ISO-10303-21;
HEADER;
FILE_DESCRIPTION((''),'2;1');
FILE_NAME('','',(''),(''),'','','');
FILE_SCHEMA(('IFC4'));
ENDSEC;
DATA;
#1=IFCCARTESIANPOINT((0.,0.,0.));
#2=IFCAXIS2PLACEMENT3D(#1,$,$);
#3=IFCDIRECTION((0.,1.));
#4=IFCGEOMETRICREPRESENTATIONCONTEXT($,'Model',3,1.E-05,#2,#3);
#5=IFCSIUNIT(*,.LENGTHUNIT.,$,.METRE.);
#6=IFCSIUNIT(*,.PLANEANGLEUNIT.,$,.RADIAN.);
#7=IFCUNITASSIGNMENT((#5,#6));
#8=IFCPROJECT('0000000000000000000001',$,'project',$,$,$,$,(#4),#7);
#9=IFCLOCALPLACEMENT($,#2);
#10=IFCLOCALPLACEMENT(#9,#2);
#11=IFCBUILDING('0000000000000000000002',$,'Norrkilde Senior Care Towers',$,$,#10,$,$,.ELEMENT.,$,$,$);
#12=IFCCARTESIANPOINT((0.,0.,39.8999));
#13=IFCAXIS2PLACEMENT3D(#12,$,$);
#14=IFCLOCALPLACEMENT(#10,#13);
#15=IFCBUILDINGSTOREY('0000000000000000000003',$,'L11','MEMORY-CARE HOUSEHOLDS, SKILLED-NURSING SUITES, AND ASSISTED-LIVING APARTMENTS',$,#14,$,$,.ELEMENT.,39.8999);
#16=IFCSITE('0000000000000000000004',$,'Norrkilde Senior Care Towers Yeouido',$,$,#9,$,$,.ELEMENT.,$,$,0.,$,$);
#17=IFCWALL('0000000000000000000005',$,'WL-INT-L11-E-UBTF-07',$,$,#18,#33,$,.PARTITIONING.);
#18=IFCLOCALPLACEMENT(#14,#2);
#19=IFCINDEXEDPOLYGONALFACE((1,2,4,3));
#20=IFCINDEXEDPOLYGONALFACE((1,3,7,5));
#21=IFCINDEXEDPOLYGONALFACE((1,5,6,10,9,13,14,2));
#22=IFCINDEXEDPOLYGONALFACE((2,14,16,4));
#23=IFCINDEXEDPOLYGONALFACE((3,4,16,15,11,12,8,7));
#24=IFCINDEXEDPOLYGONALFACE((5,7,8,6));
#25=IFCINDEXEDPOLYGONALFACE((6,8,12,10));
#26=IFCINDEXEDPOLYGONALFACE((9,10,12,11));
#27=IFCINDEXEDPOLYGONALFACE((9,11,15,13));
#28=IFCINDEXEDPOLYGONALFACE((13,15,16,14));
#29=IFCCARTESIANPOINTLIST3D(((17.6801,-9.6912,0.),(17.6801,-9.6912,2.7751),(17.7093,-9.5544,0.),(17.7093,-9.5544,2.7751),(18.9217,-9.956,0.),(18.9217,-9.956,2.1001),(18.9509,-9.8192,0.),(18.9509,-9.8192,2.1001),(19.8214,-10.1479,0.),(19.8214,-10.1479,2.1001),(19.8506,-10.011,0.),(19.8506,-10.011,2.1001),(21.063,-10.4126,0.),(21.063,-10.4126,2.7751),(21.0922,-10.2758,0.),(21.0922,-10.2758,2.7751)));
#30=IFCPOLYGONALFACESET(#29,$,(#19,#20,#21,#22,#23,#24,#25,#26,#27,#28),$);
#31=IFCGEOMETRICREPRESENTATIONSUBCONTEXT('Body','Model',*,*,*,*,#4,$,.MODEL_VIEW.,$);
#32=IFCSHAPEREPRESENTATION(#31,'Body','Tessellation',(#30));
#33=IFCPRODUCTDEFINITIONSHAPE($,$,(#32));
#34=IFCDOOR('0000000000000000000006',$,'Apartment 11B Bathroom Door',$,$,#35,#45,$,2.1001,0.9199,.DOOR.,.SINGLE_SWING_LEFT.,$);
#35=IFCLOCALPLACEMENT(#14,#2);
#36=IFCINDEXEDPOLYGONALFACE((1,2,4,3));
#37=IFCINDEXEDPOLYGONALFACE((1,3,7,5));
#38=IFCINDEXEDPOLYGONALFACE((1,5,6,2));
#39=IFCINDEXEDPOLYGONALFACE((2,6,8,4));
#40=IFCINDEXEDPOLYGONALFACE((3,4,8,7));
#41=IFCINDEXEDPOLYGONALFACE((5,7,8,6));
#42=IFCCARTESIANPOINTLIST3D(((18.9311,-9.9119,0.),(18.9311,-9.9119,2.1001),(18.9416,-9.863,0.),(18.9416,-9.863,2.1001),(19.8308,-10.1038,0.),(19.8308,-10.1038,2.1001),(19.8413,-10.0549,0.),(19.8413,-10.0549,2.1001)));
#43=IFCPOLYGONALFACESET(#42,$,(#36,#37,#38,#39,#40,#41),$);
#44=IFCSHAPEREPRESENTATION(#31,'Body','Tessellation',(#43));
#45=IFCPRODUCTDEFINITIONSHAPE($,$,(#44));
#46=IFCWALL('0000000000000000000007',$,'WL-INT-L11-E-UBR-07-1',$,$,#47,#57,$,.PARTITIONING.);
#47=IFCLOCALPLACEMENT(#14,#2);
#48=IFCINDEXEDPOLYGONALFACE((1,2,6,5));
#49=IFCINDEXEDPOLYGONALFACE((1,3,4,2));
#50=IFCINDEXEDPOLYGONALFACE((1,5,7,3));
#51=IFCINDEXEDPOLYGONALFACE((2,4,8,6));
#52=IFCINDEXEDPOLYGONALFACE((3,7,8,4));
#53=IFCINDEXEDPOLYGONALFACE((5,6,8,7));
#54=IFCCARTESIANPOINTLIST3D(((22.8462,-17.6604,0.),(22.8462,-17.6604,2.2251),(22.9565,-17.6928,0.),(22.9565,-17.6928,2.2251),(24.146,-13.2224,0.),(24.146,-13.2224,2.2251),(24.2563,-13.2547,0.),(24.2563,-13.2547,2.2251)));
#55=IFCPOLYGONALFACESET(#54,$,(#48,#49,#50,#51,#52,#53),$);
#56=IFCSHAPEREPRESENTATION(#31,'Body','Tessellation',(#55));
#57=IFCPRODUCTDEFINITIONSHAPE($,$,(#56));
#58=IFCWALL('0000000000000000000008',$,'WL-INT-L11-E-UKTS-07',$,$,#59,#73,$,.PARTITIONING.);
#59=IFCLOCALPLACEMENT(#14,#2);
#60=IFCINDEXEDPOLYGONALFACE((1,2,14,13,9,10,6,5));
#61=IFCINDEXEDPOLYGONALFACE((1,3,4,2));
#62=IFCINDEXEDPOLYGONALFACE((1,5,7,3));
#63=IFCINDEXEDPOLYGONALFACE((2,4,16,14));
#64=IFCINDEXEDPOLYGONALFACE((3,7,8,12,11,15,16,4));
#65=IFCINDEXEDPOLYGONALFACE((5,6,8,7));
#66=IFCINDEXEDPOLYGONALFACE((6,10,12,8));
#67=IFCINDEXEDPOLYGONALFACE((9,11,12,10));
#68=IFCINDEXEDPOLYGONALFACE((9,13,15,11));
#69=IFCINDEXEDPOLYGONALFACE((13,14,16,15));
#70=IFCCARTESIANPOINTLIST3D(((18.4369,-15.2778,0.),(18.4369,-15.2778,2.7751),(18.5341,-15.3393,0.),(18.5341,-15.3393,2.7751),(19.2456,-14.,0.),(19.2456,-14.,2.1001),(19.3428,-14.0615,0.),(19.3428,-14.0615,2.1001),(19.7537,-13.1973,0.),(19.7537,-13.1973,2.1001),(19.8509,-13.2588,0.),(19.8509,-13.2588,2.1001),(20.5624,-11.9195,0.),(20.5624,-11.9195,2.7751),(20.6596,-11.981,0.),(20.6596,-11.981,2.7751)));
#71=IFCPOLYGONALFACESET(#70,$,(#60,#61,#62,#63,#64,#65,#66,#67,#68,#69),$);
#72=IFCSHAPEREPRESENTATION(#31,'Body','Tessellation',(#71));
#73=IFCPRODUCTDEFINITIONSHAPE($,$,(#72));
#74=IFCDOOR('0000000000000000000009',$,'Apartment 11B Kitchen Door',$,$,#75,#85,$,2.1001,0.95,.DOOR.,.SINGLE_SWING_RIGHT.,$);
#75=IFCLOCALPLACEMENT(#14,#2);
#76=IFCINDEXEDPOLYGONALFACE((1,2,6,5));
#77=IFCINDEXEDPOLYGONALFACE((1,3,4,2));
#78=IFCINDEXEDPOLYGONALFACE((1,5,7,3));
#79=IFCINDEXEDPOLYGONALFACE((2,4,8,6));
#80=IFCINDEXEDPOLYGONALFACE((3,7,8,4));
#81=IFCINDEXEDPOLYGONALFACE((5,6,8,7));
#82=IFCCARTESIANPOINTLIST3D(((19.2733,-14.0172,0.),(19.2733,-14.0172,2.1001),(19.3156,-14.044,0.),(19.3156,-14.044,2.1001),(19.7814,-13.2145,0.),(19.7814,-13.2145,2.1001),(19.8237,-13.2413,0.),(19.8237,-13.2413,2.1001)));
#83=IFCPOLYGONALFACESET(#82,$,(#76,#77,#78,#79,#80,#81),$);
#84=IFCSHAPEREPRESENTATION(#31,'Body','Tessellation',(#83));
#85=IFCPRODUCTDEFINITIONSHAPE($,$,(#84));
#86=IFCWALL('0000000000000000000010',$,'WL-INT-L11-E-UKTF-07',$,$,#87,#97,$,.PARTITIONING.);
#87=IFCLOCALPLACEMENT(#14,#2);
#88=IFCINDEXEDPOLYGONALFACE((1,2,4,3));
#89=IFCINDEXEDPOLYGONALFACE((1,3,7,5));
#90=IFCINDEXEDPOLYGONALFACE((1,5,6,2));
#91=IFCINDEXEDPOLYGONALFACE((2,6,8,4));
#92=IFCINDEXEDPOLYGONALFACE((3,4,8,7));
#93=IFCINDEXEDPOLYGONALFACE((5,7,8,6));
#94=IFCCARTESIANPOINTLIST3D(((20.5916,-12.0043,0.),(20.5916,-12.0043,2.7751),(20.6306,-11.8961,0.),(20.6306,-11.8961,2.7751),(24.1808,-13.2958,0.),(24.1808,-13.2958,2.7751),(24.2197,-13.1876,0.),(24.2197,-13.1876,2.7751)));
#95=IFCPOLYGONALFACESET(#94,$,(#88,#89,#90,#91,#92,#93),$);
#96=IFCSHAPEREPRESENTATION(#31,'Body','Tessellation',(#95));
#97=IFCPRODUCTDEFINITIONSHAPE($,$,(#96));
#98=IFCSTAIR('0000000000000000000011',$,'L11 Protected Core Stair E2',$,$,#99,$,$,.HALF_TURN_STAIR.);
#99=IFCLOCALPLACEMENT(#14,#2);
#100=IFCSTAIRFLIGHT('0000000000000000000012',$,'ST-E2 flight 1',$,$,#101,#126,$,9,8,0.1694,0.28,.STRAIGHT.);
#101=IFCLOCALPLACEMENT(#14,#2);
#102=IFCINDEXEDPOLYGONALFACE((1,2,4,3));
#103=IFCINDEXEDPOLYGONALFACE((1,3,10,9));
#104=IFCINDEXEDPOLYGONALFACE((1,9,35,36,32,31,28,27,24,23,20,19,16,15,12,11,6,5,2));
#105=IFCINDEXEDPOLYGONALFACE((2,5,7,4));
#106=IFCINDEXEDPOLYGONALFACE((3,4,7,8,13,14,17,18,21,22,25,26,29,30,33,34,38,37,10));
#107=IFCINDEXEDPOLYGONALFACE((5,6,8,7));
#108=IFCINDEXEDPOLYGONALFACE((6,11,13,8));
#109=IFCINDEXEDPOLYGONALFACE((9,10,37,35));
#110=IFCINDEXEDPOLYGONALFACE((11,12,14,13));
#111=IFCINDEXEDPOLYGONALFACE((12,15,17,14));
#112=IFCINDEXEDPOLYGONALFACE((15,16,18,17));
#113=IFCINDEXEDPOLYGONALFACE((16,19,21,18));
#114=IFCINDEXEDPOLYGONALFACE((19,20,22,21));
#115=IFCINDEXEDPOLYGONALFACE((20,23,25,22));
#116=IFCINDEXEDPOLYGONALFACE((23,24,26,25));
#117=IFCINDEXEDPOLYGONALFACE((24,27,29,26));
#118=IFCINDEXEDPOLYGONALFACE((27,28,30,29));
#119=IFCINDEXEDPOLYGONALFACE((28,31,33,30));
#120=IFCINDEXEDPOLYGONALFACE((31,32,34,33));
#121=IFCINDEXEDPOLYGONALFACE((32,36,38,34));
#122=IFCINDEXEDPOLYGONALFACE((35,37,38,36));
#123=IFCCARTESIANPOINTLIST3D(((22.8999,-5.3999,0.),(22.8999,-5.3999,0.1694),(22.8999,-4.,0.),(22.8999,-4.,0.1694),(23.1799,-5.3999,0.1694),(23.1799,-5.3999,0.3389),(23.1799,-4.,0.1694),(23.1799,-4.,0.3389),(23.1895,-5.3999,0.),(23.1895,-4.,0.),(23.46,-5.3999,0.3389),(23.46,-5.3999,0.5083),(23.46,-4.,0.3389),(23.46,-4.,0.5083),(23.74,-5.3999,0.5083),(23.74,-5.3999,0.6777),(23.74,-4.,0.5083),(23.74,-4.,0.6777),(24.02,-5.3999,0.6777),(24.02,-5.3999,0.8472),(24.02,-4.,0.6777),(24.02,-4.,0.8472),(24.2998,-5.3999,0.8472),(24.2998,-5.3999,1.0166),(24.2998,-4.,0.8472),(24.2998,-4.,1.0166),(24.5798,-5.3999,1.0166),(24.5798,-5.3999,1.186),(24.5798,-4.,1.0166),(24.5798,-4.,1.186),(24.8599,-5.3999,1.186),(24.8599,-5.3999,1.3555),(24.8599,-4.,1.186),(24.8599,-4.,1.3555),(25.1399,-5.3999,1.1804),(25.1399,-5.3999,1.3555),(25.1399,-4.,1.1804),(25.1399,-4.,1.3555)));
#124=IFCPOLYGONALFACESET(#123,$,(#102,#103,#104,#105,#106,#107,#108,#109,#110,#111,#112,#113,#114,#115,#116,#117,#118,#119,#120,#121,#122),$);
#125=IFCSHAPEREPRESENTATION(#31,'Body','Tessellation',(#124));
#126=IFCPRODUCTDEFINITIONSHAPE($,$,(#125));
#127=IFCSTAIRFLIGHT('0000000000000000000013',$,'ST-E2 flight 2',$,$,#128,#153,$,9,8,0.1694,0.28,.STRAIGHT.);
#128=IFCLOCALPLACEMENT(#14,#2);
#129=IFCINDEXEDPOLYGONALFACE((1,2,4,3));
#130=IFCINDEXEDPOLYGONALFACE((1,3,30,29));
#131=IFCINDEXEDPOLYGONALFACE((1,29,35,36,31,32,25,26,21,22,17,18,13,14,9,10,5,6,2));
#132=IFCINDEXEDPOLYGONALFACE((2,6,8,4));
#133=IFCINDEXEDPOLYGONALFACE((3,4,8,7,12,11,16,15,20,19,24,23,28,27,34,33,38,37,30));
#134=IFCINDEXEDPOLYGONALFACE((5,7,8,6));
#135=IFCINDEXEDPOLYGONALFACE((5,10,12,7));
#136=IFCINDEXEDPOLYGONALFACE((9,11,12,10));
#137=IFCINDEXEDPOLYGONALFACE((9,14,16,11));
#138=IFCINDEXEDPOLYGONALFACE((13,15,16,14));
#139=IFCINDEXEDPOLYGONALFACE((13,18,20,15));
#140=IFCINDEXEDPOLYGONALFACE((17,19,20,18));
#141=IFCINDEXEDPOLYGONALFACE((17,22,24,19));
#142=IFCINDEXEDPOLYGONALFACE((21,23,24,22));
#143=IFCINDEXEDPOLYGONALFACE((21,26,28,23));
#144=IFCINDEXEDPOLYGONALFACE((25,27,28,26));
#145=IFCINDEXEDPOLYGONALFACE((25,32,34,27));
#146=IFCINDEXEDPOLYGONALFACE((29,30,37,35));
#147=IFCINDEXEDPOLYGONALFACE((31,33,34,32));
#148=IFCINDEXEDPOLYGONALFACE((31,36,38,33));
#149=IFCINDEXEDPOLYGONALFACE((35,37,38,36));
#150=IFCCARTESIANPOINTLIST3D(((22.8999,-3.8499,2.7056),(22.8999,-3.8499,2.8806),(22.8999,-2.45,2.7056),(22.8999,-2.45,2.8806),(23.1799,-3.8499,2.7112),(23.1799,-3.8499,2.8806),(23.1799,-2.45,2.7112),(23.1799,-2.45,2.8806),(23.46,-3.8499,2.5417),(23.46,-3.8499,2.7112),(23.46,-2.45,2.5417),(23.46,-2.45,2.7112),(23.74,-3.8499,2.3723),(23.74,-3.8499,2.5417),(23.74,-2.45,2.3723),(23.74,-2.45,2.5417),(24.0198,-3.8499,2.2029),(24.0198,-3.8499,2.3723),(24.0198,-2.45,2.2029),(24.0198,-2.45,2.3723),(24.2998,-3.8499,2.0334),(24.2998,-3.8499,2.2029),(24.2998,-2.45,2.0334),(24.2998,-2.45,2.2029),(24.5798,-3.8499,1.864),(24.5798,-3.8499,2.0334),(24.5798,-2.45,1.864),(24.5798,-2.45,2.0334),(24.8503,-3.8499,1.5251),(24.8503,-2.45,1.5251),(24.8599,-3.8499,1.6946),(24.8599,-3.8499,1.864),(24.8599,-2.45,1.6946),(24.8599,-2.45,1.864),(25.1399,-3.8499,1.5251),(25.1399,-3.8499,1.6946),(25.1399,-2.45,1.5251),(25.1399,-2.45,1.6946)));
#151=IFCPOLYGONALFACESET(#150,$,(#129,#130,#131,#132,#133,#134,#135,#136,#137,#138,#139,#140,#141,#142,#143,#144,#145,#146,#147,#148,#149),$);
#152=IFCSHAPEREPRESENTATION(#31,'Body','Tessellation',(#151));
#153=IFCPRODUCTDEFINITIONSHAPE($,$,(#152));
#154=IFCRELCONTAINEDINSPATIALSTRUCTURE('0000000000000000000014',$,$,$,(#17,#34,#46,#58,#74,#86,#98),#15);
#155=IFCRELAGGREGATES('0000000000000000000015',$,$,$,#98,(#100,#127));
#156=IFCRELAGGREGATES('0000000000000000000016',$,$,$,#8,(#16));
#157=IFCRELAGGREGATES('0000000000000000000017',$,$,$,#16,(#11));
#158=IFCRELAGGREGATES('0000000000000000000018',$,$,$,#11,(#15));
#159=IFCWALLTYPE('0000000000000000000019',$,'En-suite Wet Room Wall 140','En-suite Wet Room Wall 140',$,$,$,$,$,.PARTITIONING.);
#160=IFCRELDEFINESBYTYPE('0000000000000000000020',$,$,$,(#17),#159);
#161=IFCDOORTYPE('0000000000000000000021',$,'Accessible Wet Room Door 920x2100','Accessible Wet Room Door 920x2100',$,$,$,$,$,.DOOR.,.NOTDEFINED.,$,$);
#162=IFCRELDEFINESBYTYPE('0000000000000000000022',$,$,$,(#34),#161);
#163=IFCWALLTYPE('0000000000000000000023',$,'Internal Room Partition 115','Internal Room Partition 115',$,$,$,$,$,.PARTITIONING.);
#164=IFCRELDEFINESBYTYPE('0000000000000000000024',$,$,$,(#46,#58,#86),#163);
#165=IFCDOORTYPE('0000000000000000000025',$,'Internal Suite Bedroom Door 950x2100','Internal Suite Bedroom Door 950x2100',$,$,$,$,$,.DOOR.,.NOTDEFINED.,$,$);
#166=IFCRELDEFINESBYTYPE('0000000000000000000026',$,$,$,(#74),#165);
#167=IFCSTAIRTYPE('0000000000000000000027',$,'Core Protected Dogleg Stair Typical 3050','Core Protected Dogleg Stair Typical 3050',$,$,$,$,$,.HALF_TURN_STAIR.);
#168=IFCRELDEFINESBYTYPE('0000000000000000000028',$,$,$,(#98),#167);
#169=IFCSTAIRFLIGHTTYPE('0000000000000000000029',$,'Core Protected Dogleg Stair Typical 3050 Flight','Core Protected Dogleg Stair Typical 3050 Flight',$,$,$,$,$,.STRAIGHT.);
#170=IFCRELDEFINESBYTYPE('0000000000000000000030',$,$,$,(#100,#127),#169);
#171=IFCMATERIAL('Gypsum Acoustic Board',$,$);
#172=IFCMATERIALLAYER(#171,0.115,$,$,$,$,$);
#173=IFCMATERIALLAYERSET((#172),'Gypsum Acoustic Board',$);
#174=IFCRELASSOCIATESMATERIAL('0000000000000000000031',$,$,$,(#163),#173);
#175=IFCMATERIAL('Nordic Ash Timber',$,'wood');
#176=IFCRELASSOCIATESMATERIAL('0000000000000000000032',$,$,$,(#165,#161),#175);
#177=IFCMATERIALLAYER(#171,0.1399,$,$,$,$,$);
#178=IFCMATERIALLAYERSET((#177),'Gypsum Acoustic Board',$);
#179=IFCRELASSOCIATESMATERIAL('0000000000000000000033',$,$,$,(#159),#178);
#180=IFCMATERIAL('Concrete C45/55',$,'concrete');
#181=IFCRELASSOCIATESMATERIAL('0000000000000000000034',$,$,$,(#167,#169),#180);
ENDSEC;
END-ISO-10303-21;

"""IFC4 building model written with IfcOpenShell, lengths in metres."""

from ifc_helpers import new_model, si_unit, direction, frame, frame_2d, origin, place, context, subcontext, project, spatial, polyline, rectangle, outline, extrude, source, transform, mapped, material, layer, layer_set, type_object, type_shapes, element, fill, aggregate, save


model = new_model("IFC4")

# Units and contexts
model_context = context("Model", 3, precision=1e-05, world=origin(), true_north=direction((0.0, 1.0)))
body_context = subcontext(model_context, "Body", "Model", "MODEL_VIEW")
ifc_project = project(units=[si_unit("LENGTHUNIT", "METRE"), si_unit("PLANEANGLEUNIT", "RADIAN")], contexts=[model_context])

# Site, building, storey
site_placement = place(None, origin())
site = spatial("IfcSite", under=ifc_project, at=site_placement, Name="Norrkilde Senior Care Towers Yeouido", CompositionType="ELEMENT", RefElevation=0.0)
building_placement = place(site_placement, origin())
building = spatial("IfcBuilding", under=site, at=building_placement, Name="Norrkilde Senior Care Towers", CompositionType="ELEMENT")
storey_placement = place(building_placement, frame((0.0, 0.0, 39.8999)))
storey = spatial("IfcBuildingStorey", under=building, at=storey_placement, Name="L11", Description="MEMORY-CARE HOUSEHOLDS, SKILLED-NURSING SUITES, AND ASSISTED-LIVING APARTMENTS", CompositionType="ELEMENT", Elevation=39.8999)

# Shared definitions
ifc_material_1 = material(Name="Concrete C45/55", Category="concrete")

# Shared definitions
ifc_material_2 = material(Name="Gypsum Acoustic Board")
ifc_layer_1 = layer(ifc_material_2, 0.115)
ifc_layer_set_1 = layer_set([ifc_layer_1], Name="Gypsum Acoustic Board")
wall_type_1 = type_object("IfcWallType", Name="Internal Room Partition 115", Description="Internal Room Partition 115", PredefinedType="PARTITIONING", material=ifc_layer_set_1)
ifc_material_3 = material(Name="Nordic Ash Timber", Category="wood")
door_type_1 = type_object("IfcDoorType", Name="Internal Suite Bedroom Door 950x2100", Description="Internal Suite Bedroom Door 950x2100", OperationType="NOTDEFINED", PredefinedType="DOOR", material=ifc_material_3)
shared_shape_1 = source(origin(), body_context, "Body", "SweptSolid", [
    extrude(rectangle(XDim=0.95, YDim=2.1001, at=frame_2d((0.4751, 1.05))), frame((0.0, 0.0249, 0.0), z_axis=(0.0, -1.0, 0.0), x_axis=(1.0, 0.0, 0.0)), (0.0, 0.0, 1.0), 0.05),
])
type_shapes(door_type_1, [shared_shape_1])

# Shared definitions
ifc_layer_2 = layer(ifc_material_2, 0.1399)
ifc_layer_set_2 = layer_set([ifc_layer_2], Name="Gypsum Acoustic Board")
wall_type_2 = type_object("IfcWallType", Name="En-suite Wet Room Wall 140", Description="En-suite Wet Room Wall 140", PredefinedType="PARTITIONING", material=ifc_layer_set_2)

# Wall, opening, door
shared_shape_2 = source(origin(), body_context, "Body", "SweptSolid", [
    extrude(rectangle(XDim=3.459, YDim=0.1399, at=frame_2d((1.7295, 0.0))), origin(), (0.0, 0.0, 1.0), 2.7751),
])
wall_1_placement = place(storey_placement, frame((21.0776, -10.3442, 0.0), z_axis=(0.0, 0.0, 1.0), x_axis=(-0.978006, 0.208575, 0.0)))
wall_1 = element("IfcWall", 1, at=wall_1_placement, inside=storey, type_object=wall_type_2, Name="WL-INT-L11-E-UBTF-07", PredefinedType="PARTITIONING", context=body_context, shape_type="MappedRepresentation", body=[
    mapped(shared_shape_2, transform((0.0, 0.0, 0.0), x_axis=(1.0, 0.0, 0.0), y_axis=(0.0, 1.0, 0.0), z_axis=(0.0, 0.0, 1.0), scale=1.0)),
])
opening_1_placement = place(wall_1_placement, frame((1.2695, 0.0, 0.0)))
opening_1 = element("IfcOpeningElement", 2, at=opening_1_placement, cuts=wall_1, PredefinedType="OPENING", context=body_context, shape_type="SweptSolid", body=[
    extrude(rectangle(XDim=0.9199, YDim=2.1001, at=frame_2d((0.46, 1.05))), frame((0.0, 0.0798, 0.0), z_axis=(0.0, -1.0, 0.0), x_axis=(1.0, 0.0, 0.0)), (0.0, 0.0, 1.0), 0.1599),
])
door_type_2 = type_object("IfcDoorType", Name="Accessible Wet Room Door 920x2100", Description="Accessible Wet Room Door 920x2100", OperationType="NOTDEFINED", PredefinedType="DOOR", material=ifc_material_3)
shared_shape_3 = source(origin(), body_context, "Body", "SweptSolid", [
    extrude(rectangle(XDim=0.9199, YDim=2.1001, at=frame_2d((0.46, 1.05))), frame((0.0, 0.0249, 0.0), z_axis=(0.0, -1.0, 0.0), x_axis=(1.0, 0.0, 0.0)), (0.0, 0.0, 1.0), 0.05),
])
type_shapes(door_type_2, [shared_shape_3])
door_1_placement = place(opening_1_placement, origin())
door_1 = element("IfcDoor", 3, at=door_1_placement, inside=storey, type_object=door_type_2, Name="Apartment 11B Bathroom Door", OperationType="SINGLE_SWING_LEFT", OverallHeight=2.1001, OverallWidth=0.9199, PredefinedType="DOOR", context=body_context, shape_type="MappedRepresentation", body=[
    mapped(shared_shape_3, transform((0.0, 0.0, 0.0), x_axis=(1.0, 0.0, 0.0), y_axis=(0.0, 1.0, 0.0), z_axis=(0.0, 0.0, 1.0), scale=1.0)),
])
fill(opening_1, door_1)

# Wall
shared_shape_4 = source(origin(), body_context, "Body", "SweptSolid", [
    extrude(rectangle(XDim=4.6245, YDim=0.115, at=frame_2d((2.3123, 0.0))), origin(), (0.0, 0.0, 1.0), 2.2251),
])
wall_2_placement = place(storey_placement, frame((24.2012, -13.2385, 0.0), z_axis=(0.0, 0.0, 1.0), x_axis=(-0.281074, -0.959686, 0.0)))
element("IfcWall", 4, at=wall_2_placement, inside=storey, type_object=wall_type_1, Name="WL-INT-L11-E-UBR-07-1", PredefinedType="PARTITIONING", context=body_context, shape_type="MappedRepresentation", body=[
    mapped(shared_shape_4, transform((0.0, 0.0, 0.0), x_axis=(1.0, 0.0, 0.0), y_axis=(0.0, 1.0, 0.0), z_axis=(0.0, 0.0, 1.0), scale=1.0)),
])

# Wall, opening, door
shared_shape_5 = source(origin(), body_context, "Body", "SweptSolid", [
    extrude(rectangle(XDim=3.9744, YDim=0.115, at=frame_2d((1.9873, 0.0))), origin(), (0.0, 0.0, 1.0), 2.7751),
])
wall_3_placement = place(storey_placement, frame((20.6111, -11.9502, 0.0), z_axis=(0.0, 0.0, 1.0), x_axis=(-0.534811, -0.844972, 0.0)))
wall_3 = element("IfcWall", 5, at=wall_3_placement, inside=storey, type_object=wall_type_1, Name="WL-INT-L11-E-UKTS-07", PredefinedType="PARTITIONING", context=body_context, shape_type="MappedRepresentation", body=[
    mapped(shared_shape_5, transform((0.0, 0.0, 0.0), x_axis=(1.0, 0.0, 0.0), y_axis=(0.0, 1.0, 0.0), z_axis=(0.0, 0.0, 1.0), scale=1.0)),
])
opening_2_placement = place(wall_3_placement, frame((1.5122, 0.0, 0.0)))
opening_2 = element("IfcOpeningElement", 6, at=opening_2_placement, cuts=wall_3, PredefinedType="OPENING", context=body_context, shape_type="SweptSolid", body=[
    extrude(rectangle(XDim=0.95, YDim=2.1001, at=frame_2d((0.4751, 1.05))), frame((0.0, 0.0674, 0.0), z_axis=(0.0, -1.0, 0.0), x_axis=(1.0, 0.0, 0.0)), (0.0, 0.0, 1.0), 0.135),
])
door_2_placement = place(opening_2_placement, frame((0.95, 0.0, 0.0), z_axis=(0.0, 0.0, 1.0), x_axis=(-1.0, 0.0, 0.0)))
door_2 = element("IfcDoor", 7, at=door_2_placement, inside=storey, type_object=door_type_1, Name="Apartment 11B Kitchen Door", OperationType="SINGLE_SWING_RIGHT", OverallHeight=2.1001, OverallWidth=0.95, PredefinedType="DOOR", context=body_context, shape_type="MappedRepresentation", body=[
    mapped(shared_shape_1, transform((0.0, 0.0, 0.0), x_axis=(1.0, 0.0, 0.0), y_axis=(0.0, 1.0, 0.0), z_axis=(0.0, 0.0, 1.0), scale=1.0)),
])
fill(opening_2, door_2)

# Wall
shared_shape_6 = source(origin(), body_context, "Body", "SweptSolid", [
    extrude(rectangle(XDim=3.8145, YDim=0.115, at=frame_2d((1.9072, 0.0))), origin(), (0.0, 0.0, 1.0), 2.7751),
])
wall_4_placement = place(storey_placement, frame((20.6111, -11.9502, 0.0), z_axis=(0.0, 0.0, 1.0), x_axis=(0.940936, -0.338586, 0.0)))
element("IfcWall", 8, at=wall_4_placement, inside=storey, type_object=wall_type_1, Name="WL-INT-L11-E-UKTF-07", PredefinedType="PARTITIONING", context=body_context, shape_type="MappedRepresentation", body=[
    mapped(shared_shape_6, transform((0.0, 0.0, 0.0), x_axis=(1.0, 0.0, 0.0), y_axis=(0.0, 1.0, 0.0), z_axis=(0.0, 0.0, 1.0), scale=1.0)),
])

# Stair, stair flights
stair_type = type_object("IfcStairType", Name="Core Protected Dogleg Stair Typical 3050", Description="Core Protected Dogleg Stair Typical 3050", PredefinedType="HALF_TURN_STAIR", material=ifc_material_1)
stair_placement = place(storey_placement, origin())
stair = element("IfcStair", 9, at=stair_placement, inside=storey, type_object=stair_type, Name="L11 Protected Core Stair E2", PredefinedType="HALF_TURN_STAIR")
stair_flight_type = type_object("IfcStairFlightType", Name="Core Protected Dogleg Stair Typical 3050 Flight", Description="Core Protected Dogleg Stair Typical 3050 Flight", PredefinedType="STRAIGHT", material=ifc_material_1)
stair_flight_1_placement = place(storey_placement, frame((22.8999, -4.7, 0.0), z_axis=(0.0, 0.0, 1.0), x_axis=(1.0, 0.0, 0.0)))
stair_flight_1 = element("IfcStairFlight", 10, at=stair_flight_1_placement, type_object=stair_flight_type, Name="ST-E2 flight 1", NumberOfRisers=9, NumberOfTreads=8, PredefinedType="STRAIGHT", RiserHeight=0.1694, TreadLength=0.28, context=body_context, shape_type="SweptSolid", body=[
    extrude(outline(polyline([(0.0, 0.0), (0.0, 0.1694), (0.28, 0.1694), (0.28, 0.3389), (0.5601, 0.3389), (0.5601, 0.5083), (0.8401, 0.5083), (0.8401, 0.6777), (1.1201, 0.6777), (1.1201, 0.8472), (1.3999, 0.8472), (1.3999, 1.0166), (1.6799, 1.0166), (1.6799, 1.186), (1.96, 1.186), (1.96, 1.3555), (2.24, 1.3555), (2.24, 1.5249), (2.24, 1.1804), (0.2896, 0.0), (0.0, 0.0)])), frame((0.0, 0.7, 0.0), z_axis=(0.0, -1.0, 0.0), x_axis=(1.0, 0.0, 0.0)), (0.0, 0.0, 1.0), 1.3999),
])
stair_flight_2_placement = place(storey_placement, frame((25.1399, -3.1499, 1.5251), z_axis=(0.0, 0.0, 1.0), x_axis=(-1.0, 0.0, 0.0)))
stair_flight_2 = element("IfcStairFlight", 11, at=stair_flight_2_placement, type_object=stair_flight_type, Name="ST-E2 flight 2", NumberOfRisers=9, NumberOfTreads=8, PredefinedType="STRAIGHT", RiserHeight=0.1694, TreadLength=0.28, context=body_context, shape_type="SweptSolid", body=[
    extrude(outline(polyline([(0.0, 0.0), (0.0, 0.1694), (0.28, 0.1694), (0.28, 0.3389), (0.5601, 0.3389), (0.5601, 0.5083), (0.8401, 0.5083), (0.8401, 0.6777), (1.1201, 0.6777), (1.1201, 0.8472), (1.3999, 0.8472), (1.3999, 1.0166), (1.6799, 1.0166), (1.6799, 1.186), (1.96, 1.186), (1.96, 1.3555), (2.24, 1.3555), (2.24, 1.5249), (2.24, 1.1804), (0.2896, 0.0), (0.0, 0.0)])), frame((0.0, 0.7, 0.0), z_axis=(0.0, -1.0, 0.0), x_axis=(1.0, 0.0, 0.0)), (0.0, 0.0, 1.0), 1.3999),
])
aggregate(stair, [stair_flight_1, stair_flight_2])

save(model, "model.ifc")
